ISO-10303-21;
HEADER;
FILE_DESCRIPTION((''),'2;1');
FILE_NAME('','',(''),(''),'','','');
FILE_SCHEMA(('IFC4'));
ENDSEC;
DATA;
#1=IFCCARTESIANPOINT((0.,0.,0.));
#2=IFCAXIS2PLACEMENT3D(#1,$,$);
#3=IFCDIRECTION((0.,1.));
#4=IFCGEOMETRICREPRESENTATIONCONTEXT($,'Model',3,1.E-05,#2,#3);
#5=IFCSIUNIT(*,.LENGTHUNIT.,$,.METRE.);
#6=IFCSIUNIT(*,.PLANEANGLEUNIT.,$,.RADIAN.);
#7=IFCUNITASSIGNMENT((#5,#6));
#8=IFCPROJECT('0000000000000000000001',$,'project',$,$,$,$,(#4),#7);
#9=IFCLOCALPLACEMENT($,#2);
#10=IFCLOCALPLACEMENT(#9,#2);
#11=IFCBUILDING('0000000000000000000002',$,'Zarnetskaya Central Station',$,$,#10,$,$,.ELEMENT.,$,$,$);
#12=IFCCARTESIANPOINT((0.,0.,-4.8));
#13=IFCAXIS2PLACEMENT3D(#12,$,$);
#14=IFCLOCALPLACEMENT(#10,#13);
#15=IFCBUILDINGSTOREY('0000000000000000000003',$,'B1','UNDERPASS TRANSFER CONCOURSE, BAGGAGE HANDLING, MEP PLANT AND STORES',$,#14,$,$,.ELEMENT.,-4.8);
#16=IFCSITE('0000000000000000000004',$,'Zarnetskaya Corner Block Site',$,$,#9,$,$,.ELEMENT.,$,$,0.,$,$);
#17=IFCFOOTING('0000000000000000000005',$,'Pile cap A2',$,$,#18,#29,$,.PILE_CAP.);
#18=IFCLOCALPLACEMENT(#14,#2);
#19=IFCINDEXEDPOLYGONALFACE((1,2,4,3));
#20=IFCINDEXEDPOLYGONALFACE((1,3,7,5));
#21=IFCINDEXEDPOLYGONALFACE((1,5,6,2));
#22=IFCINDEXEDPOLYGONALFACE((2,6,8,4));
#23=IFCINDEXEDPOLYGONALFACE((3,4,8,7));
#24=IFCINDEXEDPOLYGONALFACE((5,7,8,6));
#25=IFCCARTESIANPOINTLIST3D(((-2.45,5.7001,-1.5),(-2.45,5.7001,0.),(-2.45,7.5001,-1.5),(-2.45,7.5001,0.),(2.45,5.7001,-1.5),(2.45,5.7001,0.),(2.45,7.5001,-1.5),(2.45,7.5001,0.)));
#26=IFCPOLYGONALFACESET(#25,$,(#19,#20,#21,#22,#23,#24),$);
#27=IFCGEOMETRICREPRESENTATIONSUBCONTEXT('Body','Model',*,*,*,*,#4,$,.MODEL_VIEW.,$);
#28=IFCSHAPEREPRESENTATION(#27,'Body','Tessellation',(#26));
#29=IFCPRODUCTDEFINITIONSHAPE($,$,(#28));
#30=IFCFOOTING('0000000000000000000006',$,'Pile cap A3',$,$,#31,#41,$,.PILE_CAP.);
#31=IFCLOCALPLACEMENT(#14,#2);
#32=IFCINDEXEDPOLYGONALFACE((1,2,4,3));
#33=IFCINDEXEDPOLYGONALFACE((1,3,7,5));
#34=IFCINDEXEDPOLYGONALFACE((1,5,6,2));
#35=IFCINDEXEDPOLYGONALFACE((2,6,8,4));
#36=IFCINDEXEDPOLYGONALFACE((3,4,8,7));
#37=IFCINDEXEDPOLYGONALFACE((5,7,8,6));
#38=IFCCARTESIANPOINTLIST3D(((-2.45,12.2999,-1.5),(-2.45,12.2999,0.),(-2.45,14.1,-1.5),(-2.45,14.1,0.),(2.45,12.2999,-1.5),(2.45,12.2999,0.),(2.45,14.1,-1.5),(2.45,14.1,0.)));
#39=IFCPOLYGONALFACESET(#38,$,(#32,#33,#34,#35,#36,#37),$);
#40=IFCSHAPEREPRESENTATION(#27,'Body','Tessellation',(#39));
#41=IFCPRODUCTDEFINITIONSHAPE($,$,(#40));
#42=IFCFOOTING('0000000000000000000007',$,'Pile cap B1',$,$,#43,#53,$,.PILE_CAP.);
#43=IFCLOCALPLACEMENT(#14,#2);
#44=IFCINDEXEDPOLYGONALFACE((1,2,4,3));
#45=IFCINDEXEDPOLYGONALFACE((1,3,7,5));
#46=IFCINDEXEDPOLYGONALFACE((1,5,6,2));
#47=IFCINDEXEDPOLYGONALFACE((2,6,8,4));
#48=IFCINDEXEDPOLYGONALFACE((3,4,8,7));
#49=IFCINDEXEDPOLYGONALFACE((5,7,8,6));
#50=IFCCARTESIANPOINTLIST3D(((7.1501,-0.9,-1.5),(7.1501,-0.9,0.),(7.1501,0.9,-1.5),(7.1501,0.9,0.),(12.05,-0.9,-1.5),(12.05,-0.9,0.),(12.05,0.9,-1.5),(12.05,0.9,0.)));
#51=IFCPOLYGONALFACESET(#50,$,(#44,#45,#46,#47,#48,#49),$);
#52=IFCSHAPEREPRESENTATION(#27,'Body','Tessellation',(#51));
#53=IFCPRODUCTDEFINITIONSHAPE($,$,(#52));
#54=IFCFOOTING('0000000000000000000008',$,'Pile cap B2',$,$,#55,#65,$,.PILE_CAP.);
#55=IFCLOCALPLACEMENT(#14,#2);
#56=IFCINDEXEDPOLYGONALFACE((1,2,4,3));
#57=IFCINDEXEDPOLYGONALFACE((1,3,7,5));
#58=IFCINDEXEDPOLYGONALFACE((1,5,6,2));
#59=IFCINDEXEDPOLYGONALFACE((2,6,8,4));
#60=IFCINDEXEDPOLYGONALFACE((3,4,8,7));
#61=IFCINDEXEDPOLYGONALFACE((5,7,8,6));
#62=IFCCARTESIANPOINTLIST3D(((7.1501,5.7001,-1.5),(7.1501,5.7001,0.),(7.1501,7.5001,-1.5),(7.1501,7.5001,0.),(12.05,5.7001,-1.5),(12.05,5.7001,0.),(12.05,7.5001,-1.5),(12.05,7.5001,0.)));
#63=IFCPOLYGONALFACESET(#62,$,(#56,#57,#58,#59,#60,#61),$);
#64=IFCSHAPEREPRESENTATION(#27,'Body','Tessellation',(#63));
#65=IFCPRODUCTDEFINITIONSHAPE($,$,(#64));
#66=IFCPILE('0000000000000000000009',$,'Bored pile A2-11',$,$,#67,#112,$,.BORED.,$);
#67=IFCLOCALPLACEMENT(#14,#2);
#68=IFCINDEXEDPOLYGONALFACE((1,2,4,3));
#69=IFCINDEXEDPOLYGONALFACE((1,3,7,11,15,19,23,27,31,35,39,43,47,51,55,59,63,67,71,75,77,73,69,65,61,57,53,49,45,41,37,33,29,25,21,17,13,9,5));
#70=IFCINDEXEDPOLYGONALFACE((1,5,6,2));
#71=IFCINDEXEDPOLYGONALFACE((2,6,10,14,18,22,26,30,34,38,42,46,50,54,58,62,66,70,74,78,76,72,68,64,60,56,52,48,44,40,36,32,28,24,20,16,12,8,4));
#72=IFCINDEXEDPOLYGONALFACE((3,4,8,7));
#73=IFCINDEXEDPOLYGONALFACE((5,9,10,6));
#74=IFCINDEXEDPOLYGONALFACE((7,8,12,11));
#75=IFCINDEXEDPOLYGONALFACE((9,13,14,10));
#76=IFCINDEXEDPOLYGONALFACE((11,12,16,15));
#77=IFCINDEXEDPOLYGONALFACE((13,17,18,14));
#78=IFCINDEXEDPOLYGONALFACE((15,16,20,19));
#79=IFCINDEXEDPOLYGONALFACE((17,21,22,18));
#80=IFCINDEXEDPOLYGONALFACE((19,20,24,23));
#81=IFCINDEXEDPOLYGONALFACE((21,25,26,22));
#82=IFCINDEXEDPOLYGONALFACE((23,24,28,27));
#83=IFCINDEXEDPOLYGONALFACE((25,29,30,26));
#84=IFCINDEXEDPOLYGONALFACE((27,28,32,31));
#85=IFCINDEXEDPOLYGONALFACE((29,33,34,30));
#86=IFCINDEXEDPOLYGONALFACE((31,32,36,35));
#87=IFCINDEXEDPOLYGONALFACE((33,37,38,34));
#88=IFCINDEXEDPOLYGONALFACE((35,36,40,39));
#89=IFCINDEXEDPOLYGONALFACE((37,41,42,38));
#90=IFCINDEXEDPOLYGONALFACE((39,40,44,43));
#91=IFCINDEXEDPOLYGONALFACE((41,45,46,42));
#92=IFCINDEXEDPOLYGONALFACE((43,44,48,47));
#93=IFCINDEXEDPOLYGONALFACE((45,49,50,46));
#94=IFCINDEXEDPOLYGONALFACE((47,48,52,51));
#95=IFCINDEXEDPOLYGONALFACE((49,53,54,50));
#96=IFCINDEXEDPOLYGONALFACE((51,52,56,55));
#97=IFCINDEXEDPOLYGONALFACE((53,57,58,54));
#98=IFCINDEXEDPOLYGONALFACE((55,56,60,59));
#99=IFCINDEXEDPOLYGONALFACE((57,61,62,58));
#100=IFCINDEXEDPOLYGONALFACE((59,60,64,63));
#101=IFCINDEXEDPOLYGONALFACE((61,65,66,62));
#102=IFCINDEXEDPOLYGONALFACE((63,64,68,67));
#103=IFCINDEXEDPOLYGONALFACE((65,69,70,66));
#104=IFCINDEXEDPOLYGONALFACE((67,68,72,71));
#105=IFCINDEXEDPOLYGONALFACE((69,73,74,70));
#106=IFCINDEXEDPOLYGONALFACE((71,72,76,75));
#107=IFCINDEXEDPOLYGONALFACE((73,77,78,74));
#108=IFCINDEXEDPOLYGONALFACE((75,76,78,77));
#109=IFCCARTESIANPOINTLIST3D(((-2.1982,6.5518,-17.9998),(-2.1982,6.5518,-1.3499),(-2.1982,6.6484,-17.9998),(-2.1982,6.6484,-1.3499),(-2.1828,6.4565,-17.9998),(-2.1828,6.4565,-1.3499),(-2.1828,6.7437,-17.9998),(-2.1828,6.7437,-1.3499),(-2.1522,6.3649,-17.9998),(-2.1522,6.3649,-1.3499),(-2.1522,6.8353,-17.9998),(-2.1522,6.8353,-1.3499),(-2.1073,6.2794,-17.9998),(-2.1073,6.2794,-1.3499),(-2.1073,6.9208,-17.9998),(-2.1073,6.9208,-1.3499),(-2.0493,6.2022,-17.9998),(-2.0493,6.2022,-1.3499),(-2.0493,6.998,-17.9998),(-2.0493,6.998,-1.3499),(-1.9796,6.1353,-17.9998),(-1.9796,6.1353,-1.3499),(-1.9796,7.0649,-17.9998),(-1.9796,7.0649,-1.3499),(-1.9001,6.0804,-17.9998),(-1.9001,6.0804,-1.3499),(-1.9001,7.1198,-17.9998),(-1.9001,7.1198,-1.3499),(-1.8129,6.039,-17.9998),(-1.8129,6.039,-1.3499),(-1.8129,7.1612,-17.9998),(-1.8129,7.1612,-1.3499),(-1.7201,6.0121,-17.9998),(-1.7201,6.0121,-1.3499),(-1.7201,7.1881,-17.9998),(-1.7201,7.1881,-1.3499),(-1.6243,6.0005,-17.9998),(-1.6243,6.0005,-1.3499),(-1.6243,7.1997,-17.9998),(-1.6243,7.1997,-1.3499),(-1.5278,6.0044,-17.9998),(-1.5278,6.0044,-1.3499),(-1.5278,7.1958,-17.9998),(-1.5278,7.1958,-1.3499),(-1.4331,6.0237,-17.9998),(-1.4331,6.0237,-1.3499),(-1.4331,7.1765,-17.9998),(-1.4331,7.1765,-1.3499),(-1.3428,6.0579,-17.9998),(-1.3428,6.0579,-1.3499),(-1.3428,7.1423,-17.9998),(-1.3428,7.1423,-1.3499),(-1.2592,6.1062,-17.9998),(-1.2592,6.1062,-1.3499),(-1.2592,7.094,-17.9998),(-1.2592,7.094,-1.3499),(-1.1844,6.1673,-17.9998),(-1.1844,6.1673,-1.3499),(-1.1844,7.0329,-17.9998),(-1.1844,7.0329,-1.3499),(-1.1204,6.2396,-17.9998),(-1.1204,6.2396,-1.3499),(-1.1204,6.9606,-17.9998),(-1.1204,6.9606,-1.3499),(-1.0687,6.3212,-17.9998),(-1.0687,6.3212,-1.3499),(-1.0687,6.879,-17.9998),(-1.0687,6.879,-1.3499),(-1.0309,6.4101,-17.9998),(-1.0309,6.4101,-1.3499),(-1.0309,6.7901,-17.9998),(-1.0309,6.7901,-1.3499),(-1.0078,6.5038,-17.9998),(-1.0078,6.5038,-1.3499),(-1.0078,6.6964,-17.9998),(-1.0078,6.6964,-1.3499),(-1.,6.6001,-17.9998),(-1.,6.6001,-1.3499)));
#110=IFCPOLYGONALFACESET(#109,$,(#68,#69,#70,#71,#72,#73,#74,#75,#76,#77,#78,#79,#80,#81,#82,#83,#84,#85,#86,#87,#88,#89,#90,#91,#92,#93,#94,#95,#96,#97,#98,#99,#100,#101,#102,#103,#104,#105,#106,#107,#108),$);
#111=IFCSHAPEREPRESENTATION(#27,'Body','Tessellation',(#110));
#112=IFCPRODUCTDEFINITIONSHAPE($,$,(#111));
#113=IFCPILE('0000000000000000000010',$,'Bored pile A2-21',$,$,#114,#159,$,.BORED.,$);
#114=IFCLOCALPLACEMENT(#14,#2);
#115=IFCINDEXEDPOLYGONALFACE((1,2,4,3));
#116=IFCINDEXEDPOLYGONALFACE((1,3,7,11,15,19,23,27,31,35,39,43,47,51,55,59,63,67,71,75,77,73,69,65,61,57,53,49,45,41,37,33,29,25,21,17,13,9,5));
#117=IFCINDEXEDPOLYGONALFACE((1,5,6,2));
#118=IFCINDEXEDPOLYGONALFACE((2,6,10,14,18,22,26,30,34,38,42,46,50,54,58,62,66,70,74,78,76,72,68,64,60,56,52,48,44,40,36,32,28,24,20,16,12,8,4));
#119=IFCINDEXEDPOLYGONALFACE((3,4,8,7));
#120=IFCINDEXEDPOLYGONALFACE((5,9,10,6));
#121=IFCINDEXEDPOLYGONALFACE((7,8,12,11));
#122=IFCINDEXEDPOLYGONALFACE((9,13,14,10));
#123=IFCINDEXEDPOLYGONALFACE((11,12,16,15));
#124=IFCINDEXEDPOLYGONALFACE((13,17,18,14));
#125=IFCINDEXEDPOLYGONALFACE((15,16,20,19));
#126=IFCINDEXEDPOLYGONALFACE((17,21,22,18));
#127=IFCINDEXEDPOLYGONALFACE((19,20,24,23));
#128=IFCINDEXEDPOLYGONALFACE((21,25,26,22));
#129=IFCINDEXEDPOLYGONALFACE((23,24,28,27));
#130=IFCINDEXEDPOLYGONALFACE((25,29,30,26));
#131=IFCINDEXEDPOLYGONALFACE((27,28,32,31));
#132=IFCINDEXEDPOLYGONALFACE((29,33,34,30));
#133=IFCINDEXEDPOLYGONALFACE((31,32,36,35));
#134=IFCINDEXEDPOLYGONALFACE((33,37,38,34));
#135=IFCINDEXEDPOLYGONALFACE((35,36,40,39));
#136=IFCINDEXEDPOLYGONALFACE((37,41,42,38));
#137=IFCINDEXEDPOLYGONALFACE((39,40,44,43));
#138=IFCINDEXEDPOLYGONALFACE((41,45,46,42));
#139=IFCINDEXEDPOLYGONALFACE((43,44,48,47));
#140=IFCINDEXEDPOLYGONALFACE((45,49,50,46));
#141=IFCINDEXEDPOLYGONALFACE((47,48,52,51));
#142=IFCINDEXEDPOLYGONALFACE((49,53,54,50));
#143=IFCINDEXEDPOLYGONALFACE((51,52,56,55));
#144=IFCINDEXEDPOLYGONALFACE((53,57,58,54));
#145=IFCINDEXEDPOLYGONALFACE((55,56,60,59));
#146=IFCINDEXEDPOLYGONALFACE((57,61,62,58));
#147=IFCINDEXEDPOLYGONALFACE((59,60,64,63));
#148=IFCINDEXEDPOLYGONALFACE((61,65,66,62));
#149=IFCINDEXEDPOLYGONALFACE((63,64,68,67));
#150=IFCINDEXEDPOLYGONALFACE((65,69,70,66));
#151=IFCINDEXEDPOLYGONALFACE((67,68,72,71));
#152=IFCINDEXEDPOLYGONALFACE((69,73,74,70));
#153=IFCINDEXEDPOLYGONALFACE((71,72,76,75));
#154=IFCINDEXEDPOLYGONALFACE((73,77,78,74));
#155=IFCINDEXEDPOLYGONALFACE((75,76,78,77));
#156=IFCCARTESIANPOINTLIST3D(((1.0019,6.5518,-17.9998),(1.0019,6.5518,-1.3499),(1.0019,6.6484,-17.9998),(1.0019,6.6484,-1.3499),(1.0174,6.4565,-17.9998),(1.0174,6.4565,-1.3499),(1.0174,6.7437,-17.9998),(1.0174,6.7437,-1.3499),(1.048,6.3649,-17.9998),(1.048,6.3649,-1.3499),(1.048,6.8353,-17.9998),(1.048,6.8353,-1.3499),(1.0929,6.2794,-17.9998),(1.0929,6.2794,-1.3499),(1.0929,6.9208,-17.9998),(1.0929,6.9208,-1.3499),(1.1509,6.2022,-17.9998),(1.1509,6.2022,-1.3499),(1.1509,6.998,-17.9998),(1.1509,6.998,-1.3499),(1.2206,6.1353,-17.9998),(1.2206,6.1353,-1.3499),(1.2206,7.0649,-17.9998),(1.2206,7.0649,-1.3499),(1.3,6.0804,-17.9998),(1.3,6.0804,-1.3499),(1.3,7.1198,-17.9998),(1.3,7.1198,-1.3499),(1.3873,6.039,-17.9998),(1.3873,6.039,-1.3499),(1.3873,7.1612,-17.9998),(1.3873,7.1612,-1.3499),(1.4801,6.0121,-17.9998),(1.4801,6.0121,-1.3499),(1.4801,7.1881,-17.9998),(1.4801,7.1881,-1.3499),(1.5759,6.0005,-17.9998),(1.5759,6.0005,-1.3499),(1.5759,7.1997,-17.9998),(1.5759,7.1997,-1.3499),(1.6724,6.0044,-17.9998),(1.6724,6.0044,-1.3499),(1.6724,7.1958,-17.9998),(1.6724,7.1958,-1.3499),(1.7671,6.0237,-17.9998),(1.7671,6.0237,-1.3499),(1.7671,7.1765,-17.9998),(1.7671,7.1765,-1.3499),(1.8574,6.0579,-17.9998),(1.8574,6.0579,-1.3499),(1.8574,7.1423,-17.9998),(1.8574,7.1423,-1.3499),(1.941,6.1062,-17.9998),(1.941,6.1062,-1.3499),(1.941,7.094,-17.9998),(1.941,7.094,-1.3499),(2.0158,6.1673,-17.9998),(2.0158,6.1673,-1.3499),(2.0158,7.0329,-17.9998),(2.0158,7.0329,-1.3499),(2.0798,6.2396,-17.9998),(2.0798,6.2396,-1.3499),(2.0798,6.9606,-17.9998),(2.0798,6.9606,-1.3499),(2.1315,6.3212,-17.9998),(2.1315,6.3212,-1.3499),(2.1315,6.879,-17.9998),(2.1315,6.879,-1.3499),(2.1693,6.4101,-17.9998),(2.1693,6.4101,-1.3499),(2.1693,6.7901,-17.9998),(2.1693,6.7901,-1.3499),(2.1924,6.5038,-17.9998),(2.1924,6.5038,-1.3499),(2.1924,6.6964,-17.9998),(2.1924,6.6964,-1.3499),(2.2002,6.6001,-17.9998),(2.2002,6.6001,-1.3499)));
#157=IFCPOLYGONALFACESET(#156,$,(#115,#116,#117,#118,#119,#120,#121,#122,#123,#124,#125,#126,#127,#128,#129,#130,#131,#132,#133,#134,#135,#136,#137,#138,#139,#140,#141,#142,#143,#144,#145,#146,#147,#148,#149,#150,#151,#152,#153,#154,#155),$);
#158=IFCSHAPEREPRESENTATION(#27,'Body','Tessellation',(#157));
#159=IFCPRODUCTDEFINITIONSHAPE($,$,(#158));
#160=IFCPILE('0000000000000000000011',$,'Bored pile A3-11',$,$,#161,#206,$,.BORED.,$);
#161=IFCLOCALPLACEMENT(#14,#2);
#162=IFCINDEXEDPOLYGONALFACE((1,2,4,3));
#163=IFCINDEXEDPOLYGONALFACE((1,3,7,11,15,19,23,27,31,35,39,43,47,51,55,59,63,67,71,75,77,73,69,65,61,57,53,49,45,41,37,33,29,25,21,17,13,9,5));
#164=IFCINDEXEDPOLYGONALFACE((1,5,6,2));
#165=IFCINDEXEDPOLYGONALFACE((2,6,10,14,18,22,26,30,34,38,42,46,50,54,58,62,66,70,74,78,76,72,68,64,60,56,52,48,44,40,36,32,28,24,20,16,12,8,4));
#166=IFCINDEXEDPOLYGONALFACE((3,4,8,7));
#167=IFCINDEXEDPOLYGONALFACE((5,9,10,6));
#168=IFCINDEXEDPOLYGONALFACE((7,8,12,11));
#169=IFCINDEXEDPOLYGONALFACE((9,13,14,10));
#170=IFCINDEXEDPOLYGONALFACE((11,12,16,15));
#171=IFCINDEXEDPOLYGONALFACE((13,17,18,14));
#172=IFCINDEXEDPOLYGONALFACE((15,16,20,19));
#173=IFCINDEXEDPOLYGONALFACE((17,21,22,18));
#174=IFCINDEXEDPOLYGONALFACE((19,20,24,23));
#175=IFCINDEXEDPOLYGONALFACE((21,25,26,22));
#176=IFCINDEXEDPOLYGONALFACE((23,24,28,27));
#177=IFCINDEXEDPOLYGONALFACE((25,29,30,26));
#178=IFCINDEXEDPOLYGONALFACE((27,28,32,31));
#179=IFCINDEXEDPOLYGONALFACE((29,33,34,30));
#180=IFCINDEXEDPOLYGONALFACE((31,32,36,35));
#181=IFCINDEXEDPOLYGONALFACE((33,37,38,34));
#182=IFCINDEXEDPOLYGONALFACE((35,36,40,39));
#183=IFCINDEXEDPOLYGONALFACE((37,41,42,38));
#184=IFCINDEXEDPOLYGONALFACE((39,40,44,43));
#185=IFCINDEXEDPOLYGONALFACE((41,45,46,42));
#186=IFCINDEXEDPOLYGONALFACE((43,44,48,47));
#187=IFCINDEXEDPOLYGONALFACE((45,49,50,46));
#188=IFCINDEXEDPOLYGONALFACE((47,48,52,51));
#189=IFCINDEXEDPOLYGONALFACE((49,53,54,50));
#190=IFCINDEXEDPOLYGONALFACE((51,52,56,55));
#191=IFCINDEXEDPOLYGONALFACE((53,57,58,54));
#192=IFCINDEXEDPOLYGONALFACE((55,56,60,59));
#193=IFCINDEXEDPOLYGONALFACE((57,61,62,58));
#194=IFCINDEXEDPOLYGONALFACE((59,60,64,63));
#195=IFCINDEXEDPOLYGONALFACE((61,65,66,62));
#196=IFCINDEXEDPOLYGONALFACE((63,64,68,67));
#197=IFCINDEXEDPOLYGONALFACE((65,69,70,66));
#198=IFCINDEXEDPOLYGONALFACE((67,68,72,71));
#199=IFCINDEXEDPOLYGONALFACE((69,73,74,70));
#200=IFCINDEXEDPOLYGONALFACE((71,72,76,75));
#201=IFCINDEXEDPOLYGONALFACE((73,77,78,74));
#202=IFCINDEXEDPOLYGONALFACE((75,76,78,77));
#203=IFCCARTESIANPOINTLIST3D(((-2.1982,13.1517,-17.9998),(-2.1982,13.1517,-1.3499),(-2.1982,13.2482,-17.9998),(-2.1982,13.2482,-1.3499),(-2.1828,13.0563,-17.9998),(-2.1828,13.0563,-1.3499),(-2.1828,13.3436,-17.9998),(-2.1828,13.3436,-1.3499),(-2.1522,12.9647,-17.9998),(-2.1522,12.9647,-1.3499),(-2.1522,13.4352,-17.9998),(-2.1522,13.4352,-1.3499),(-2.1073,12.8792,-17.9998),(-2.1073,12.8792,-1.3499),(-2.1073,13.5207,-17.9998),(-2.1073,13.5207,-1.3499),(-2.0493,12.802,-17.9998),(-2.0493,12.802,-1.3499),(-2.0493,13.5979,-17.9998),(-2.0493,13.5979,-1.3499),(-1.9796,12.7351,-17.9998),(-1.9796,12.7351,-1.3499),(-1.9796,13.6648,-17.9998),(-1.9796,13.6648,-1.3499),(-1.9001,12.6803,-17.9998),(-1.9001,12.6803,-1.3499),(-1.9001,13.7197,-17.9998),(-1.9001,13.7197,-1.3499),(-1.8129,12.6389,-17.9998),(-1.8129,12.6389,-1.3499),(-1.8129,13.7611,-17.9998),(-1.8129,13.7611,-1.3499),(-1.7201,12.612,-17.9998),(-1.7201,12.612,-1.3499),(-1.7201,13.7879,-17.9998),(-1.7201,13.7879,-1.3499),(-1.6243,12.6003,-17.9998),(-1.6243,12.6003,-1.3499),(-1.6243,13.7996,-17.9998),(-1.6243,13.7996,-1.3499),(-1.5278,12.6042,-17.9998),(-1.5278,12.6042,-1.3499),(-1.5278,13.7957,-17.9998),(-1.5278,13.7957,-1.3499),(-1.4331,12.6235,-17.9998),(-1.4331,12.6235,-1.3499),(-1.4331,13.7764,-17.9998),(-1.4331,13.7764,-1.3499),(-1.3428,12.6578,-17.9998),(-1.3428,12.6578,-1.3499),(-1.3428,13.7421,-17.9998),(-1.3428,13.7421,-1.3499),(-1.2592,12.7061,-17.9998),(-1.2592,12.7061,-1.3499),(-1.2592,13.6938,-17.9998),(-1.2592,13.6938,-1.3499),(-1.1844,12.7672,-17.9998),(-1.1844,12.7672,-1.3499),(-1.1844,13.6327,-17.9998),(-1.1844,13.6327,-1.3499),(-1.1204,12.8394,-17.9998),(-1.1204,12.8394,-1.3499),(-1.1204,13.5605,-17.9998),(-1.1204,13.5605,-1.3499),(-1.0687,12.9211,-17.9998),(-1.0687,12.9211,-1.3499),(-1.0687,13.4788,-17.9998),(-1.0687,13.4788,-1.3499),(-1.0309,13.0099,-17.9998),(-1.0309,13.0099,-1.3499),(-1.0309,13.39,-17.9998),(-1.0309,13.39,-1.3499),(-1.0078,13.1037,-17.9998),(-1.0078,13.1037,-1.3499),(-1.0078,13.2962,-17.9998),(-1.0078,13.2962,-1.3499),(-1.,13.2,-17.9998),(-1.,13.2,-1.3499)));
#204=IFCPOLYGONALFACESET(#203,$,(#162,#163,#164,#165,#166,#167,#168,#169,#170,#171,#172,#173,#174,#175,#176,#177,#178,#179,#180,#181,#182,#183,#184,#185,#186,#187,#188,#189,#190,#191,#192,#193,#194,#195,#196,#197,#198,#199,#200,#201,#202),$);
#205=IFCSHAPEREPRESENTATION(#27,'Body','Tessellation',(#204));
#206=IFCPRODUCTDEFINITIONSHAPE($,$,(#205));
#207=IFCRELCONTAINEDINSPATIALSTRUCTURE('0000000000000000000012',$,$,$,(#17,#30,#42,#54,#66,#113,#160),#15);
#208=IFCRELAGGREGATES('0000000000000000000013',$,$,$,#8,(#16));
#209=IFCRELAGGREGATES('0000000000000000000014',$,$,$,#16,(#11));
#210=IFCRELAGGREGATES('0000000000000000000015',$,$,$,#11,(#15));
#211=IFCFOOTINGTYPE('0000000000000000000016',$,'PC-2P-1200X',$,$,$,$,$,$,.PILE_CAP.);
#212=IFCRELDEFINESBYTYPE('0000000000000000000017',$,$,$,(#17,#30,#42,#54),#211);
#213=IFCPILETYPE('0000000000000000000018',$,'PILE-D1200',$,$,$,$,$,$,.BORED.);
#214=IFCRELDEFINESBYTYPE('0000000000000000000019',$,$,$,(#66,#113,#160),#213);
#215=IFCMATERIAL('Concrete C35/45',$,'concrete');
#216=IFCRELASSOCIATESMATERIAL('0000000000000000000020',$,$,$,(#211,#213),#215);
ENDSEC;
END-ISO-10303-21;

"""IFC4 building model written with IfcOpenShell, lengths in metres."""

from ifc_helpers import new_model, si_unit, direction, frame, origin, origin_2d, place, context, subcontext, project, spatial, rectangle, circle, extrude, material, material_profile, profile_set, type_object, element, save


model = new_model("IFC4")

# Units and contexts
model_context = context("Model", 3, precision=1e-05, world=origin(), true_north=direction((0.0, 1.0)))
body_context = subcontext(model_context, "Body", "Model", "MODEL_VIEW")
ifc_project = project(units=[si_unit("LENGTHUNIT", "METRE"), si_unit("PLANEANGLEUNIT", "RADIAN")], contexts=[model_context])

# Site, building, storey
site_placement = place(None, origin())
site = spatial("IfcSite", under=ifc_project, at=site_placement, Name="Zarnetskaya Corner Block Site", CompositionType="ELEMENT", RefElevation=0.0)
building_placement = place(site_placement, origin())
building = spatial("IfcBuilding", under=site, at=building_placement, Name="Zarnetskaya Central Station", CompositionType="ELEMENT")
storey_placement = place(building_placement, frame((0.0, 0.0, -4.8)))
storey = spatial("IfcBuildingStorey", under=building, at=storey_placement, Name="B1", Description="UNDERPASS TRANSFER CONCOURSE, BAGGAGE HANDLING, MEP PLANT AND STORES", CompositionType="ELEMENT", Elevation=-4.8)

# Footings
ifc_material_1 = material(Name="Concrete C35/45", Category="concrete")
footing_type = type_object("IfcFootingType", Name="PC-2P-1200X", PredefinedType="PILE_CAP", material=ifc_material_1)
for number, where, z_axis, x_axis, name in (
    (1, (0.0, 6.6001, -1.5), (0.0, 0.0, 1.0), (1.0, 0.0, 0.0), "Pile cap A2"),
    (2, (0.0, 13.2, -1.5), (0.0, 0.0, 1.0), (1.0, 0.0, 0.0), "Pile cap A3"),
    (3, (9.6001, 0.0, -1.5), (0.0, 0.0, 1.0), (1.0, 0.0, 0.0), "Pile cap B1"),
    (4, (9.6001, 6.6001, -1.5), (0.0, 0.0, 1.0), (1.0, 0.0, 0.0), "Pile cap B2"),
):
    element("IfcFooting", number, at=place(storey_placement, frame(where, z_axis=z_axis, x_axis=x_axis)), inside=storey, type_object=footing_type, Name=name, PredefinedType="PILE_CAP", context=body_context, shape_type="SweptSolid", body=[
        extrude(rectangle(XDim=4.8999, YDim=1.8, at=origin_2d()), origin(), (0.0, 0.0, 1.0), 1.5),
    ])

# Piles
ifc_material_profile_1 = material_profile(ifc_material_1, circle(Radius=0.6001, at=origin_2d()), Name="BORED PILE D1200")
ifc_profile_set_1 = profile_set([ifc_material_profile_1], Name="Concrete C35/45")
pile_type = type_object("IfcPileType", Name="PILE-D1200", PredefinedType="BORED", material=ifc_profile_set_1)
for number, where, z_axis, x_axis, name in (
    (5, (-1.6001, 6.6001, -1.3499), (0.0, 0.0, -1.0), (1.0, 0.0, 0.0), "Bored pile A2-11"),
    (6, (1.6001, 6.6001, -1.3499), (0.0, 0.0, -1.0), (1.0, 0.0, 0.0), "Bored pile A2-21"),
    (7, (-1.6001, 13.2, -1.3499), (0.0, 0.0, -1.0), (1.0, 0.0, 0.0), "Bored pile A3-11"),
):
    element("IfcPile", number, at=place(storey_placement, frame(where, z_axis=z_axis, x_axis=x_axis)), inside=storey, type_object=pile_type, Name=name, PredefinedType="BORED", context=body_context, shape_type="SweptSolid", body=[
        extrude(circle(Radius=0.6001, at=origin_2d()), origin(), (0.0, 0.0, 1.0), 16.6499),
    ])

save(model, "model.ifc")
